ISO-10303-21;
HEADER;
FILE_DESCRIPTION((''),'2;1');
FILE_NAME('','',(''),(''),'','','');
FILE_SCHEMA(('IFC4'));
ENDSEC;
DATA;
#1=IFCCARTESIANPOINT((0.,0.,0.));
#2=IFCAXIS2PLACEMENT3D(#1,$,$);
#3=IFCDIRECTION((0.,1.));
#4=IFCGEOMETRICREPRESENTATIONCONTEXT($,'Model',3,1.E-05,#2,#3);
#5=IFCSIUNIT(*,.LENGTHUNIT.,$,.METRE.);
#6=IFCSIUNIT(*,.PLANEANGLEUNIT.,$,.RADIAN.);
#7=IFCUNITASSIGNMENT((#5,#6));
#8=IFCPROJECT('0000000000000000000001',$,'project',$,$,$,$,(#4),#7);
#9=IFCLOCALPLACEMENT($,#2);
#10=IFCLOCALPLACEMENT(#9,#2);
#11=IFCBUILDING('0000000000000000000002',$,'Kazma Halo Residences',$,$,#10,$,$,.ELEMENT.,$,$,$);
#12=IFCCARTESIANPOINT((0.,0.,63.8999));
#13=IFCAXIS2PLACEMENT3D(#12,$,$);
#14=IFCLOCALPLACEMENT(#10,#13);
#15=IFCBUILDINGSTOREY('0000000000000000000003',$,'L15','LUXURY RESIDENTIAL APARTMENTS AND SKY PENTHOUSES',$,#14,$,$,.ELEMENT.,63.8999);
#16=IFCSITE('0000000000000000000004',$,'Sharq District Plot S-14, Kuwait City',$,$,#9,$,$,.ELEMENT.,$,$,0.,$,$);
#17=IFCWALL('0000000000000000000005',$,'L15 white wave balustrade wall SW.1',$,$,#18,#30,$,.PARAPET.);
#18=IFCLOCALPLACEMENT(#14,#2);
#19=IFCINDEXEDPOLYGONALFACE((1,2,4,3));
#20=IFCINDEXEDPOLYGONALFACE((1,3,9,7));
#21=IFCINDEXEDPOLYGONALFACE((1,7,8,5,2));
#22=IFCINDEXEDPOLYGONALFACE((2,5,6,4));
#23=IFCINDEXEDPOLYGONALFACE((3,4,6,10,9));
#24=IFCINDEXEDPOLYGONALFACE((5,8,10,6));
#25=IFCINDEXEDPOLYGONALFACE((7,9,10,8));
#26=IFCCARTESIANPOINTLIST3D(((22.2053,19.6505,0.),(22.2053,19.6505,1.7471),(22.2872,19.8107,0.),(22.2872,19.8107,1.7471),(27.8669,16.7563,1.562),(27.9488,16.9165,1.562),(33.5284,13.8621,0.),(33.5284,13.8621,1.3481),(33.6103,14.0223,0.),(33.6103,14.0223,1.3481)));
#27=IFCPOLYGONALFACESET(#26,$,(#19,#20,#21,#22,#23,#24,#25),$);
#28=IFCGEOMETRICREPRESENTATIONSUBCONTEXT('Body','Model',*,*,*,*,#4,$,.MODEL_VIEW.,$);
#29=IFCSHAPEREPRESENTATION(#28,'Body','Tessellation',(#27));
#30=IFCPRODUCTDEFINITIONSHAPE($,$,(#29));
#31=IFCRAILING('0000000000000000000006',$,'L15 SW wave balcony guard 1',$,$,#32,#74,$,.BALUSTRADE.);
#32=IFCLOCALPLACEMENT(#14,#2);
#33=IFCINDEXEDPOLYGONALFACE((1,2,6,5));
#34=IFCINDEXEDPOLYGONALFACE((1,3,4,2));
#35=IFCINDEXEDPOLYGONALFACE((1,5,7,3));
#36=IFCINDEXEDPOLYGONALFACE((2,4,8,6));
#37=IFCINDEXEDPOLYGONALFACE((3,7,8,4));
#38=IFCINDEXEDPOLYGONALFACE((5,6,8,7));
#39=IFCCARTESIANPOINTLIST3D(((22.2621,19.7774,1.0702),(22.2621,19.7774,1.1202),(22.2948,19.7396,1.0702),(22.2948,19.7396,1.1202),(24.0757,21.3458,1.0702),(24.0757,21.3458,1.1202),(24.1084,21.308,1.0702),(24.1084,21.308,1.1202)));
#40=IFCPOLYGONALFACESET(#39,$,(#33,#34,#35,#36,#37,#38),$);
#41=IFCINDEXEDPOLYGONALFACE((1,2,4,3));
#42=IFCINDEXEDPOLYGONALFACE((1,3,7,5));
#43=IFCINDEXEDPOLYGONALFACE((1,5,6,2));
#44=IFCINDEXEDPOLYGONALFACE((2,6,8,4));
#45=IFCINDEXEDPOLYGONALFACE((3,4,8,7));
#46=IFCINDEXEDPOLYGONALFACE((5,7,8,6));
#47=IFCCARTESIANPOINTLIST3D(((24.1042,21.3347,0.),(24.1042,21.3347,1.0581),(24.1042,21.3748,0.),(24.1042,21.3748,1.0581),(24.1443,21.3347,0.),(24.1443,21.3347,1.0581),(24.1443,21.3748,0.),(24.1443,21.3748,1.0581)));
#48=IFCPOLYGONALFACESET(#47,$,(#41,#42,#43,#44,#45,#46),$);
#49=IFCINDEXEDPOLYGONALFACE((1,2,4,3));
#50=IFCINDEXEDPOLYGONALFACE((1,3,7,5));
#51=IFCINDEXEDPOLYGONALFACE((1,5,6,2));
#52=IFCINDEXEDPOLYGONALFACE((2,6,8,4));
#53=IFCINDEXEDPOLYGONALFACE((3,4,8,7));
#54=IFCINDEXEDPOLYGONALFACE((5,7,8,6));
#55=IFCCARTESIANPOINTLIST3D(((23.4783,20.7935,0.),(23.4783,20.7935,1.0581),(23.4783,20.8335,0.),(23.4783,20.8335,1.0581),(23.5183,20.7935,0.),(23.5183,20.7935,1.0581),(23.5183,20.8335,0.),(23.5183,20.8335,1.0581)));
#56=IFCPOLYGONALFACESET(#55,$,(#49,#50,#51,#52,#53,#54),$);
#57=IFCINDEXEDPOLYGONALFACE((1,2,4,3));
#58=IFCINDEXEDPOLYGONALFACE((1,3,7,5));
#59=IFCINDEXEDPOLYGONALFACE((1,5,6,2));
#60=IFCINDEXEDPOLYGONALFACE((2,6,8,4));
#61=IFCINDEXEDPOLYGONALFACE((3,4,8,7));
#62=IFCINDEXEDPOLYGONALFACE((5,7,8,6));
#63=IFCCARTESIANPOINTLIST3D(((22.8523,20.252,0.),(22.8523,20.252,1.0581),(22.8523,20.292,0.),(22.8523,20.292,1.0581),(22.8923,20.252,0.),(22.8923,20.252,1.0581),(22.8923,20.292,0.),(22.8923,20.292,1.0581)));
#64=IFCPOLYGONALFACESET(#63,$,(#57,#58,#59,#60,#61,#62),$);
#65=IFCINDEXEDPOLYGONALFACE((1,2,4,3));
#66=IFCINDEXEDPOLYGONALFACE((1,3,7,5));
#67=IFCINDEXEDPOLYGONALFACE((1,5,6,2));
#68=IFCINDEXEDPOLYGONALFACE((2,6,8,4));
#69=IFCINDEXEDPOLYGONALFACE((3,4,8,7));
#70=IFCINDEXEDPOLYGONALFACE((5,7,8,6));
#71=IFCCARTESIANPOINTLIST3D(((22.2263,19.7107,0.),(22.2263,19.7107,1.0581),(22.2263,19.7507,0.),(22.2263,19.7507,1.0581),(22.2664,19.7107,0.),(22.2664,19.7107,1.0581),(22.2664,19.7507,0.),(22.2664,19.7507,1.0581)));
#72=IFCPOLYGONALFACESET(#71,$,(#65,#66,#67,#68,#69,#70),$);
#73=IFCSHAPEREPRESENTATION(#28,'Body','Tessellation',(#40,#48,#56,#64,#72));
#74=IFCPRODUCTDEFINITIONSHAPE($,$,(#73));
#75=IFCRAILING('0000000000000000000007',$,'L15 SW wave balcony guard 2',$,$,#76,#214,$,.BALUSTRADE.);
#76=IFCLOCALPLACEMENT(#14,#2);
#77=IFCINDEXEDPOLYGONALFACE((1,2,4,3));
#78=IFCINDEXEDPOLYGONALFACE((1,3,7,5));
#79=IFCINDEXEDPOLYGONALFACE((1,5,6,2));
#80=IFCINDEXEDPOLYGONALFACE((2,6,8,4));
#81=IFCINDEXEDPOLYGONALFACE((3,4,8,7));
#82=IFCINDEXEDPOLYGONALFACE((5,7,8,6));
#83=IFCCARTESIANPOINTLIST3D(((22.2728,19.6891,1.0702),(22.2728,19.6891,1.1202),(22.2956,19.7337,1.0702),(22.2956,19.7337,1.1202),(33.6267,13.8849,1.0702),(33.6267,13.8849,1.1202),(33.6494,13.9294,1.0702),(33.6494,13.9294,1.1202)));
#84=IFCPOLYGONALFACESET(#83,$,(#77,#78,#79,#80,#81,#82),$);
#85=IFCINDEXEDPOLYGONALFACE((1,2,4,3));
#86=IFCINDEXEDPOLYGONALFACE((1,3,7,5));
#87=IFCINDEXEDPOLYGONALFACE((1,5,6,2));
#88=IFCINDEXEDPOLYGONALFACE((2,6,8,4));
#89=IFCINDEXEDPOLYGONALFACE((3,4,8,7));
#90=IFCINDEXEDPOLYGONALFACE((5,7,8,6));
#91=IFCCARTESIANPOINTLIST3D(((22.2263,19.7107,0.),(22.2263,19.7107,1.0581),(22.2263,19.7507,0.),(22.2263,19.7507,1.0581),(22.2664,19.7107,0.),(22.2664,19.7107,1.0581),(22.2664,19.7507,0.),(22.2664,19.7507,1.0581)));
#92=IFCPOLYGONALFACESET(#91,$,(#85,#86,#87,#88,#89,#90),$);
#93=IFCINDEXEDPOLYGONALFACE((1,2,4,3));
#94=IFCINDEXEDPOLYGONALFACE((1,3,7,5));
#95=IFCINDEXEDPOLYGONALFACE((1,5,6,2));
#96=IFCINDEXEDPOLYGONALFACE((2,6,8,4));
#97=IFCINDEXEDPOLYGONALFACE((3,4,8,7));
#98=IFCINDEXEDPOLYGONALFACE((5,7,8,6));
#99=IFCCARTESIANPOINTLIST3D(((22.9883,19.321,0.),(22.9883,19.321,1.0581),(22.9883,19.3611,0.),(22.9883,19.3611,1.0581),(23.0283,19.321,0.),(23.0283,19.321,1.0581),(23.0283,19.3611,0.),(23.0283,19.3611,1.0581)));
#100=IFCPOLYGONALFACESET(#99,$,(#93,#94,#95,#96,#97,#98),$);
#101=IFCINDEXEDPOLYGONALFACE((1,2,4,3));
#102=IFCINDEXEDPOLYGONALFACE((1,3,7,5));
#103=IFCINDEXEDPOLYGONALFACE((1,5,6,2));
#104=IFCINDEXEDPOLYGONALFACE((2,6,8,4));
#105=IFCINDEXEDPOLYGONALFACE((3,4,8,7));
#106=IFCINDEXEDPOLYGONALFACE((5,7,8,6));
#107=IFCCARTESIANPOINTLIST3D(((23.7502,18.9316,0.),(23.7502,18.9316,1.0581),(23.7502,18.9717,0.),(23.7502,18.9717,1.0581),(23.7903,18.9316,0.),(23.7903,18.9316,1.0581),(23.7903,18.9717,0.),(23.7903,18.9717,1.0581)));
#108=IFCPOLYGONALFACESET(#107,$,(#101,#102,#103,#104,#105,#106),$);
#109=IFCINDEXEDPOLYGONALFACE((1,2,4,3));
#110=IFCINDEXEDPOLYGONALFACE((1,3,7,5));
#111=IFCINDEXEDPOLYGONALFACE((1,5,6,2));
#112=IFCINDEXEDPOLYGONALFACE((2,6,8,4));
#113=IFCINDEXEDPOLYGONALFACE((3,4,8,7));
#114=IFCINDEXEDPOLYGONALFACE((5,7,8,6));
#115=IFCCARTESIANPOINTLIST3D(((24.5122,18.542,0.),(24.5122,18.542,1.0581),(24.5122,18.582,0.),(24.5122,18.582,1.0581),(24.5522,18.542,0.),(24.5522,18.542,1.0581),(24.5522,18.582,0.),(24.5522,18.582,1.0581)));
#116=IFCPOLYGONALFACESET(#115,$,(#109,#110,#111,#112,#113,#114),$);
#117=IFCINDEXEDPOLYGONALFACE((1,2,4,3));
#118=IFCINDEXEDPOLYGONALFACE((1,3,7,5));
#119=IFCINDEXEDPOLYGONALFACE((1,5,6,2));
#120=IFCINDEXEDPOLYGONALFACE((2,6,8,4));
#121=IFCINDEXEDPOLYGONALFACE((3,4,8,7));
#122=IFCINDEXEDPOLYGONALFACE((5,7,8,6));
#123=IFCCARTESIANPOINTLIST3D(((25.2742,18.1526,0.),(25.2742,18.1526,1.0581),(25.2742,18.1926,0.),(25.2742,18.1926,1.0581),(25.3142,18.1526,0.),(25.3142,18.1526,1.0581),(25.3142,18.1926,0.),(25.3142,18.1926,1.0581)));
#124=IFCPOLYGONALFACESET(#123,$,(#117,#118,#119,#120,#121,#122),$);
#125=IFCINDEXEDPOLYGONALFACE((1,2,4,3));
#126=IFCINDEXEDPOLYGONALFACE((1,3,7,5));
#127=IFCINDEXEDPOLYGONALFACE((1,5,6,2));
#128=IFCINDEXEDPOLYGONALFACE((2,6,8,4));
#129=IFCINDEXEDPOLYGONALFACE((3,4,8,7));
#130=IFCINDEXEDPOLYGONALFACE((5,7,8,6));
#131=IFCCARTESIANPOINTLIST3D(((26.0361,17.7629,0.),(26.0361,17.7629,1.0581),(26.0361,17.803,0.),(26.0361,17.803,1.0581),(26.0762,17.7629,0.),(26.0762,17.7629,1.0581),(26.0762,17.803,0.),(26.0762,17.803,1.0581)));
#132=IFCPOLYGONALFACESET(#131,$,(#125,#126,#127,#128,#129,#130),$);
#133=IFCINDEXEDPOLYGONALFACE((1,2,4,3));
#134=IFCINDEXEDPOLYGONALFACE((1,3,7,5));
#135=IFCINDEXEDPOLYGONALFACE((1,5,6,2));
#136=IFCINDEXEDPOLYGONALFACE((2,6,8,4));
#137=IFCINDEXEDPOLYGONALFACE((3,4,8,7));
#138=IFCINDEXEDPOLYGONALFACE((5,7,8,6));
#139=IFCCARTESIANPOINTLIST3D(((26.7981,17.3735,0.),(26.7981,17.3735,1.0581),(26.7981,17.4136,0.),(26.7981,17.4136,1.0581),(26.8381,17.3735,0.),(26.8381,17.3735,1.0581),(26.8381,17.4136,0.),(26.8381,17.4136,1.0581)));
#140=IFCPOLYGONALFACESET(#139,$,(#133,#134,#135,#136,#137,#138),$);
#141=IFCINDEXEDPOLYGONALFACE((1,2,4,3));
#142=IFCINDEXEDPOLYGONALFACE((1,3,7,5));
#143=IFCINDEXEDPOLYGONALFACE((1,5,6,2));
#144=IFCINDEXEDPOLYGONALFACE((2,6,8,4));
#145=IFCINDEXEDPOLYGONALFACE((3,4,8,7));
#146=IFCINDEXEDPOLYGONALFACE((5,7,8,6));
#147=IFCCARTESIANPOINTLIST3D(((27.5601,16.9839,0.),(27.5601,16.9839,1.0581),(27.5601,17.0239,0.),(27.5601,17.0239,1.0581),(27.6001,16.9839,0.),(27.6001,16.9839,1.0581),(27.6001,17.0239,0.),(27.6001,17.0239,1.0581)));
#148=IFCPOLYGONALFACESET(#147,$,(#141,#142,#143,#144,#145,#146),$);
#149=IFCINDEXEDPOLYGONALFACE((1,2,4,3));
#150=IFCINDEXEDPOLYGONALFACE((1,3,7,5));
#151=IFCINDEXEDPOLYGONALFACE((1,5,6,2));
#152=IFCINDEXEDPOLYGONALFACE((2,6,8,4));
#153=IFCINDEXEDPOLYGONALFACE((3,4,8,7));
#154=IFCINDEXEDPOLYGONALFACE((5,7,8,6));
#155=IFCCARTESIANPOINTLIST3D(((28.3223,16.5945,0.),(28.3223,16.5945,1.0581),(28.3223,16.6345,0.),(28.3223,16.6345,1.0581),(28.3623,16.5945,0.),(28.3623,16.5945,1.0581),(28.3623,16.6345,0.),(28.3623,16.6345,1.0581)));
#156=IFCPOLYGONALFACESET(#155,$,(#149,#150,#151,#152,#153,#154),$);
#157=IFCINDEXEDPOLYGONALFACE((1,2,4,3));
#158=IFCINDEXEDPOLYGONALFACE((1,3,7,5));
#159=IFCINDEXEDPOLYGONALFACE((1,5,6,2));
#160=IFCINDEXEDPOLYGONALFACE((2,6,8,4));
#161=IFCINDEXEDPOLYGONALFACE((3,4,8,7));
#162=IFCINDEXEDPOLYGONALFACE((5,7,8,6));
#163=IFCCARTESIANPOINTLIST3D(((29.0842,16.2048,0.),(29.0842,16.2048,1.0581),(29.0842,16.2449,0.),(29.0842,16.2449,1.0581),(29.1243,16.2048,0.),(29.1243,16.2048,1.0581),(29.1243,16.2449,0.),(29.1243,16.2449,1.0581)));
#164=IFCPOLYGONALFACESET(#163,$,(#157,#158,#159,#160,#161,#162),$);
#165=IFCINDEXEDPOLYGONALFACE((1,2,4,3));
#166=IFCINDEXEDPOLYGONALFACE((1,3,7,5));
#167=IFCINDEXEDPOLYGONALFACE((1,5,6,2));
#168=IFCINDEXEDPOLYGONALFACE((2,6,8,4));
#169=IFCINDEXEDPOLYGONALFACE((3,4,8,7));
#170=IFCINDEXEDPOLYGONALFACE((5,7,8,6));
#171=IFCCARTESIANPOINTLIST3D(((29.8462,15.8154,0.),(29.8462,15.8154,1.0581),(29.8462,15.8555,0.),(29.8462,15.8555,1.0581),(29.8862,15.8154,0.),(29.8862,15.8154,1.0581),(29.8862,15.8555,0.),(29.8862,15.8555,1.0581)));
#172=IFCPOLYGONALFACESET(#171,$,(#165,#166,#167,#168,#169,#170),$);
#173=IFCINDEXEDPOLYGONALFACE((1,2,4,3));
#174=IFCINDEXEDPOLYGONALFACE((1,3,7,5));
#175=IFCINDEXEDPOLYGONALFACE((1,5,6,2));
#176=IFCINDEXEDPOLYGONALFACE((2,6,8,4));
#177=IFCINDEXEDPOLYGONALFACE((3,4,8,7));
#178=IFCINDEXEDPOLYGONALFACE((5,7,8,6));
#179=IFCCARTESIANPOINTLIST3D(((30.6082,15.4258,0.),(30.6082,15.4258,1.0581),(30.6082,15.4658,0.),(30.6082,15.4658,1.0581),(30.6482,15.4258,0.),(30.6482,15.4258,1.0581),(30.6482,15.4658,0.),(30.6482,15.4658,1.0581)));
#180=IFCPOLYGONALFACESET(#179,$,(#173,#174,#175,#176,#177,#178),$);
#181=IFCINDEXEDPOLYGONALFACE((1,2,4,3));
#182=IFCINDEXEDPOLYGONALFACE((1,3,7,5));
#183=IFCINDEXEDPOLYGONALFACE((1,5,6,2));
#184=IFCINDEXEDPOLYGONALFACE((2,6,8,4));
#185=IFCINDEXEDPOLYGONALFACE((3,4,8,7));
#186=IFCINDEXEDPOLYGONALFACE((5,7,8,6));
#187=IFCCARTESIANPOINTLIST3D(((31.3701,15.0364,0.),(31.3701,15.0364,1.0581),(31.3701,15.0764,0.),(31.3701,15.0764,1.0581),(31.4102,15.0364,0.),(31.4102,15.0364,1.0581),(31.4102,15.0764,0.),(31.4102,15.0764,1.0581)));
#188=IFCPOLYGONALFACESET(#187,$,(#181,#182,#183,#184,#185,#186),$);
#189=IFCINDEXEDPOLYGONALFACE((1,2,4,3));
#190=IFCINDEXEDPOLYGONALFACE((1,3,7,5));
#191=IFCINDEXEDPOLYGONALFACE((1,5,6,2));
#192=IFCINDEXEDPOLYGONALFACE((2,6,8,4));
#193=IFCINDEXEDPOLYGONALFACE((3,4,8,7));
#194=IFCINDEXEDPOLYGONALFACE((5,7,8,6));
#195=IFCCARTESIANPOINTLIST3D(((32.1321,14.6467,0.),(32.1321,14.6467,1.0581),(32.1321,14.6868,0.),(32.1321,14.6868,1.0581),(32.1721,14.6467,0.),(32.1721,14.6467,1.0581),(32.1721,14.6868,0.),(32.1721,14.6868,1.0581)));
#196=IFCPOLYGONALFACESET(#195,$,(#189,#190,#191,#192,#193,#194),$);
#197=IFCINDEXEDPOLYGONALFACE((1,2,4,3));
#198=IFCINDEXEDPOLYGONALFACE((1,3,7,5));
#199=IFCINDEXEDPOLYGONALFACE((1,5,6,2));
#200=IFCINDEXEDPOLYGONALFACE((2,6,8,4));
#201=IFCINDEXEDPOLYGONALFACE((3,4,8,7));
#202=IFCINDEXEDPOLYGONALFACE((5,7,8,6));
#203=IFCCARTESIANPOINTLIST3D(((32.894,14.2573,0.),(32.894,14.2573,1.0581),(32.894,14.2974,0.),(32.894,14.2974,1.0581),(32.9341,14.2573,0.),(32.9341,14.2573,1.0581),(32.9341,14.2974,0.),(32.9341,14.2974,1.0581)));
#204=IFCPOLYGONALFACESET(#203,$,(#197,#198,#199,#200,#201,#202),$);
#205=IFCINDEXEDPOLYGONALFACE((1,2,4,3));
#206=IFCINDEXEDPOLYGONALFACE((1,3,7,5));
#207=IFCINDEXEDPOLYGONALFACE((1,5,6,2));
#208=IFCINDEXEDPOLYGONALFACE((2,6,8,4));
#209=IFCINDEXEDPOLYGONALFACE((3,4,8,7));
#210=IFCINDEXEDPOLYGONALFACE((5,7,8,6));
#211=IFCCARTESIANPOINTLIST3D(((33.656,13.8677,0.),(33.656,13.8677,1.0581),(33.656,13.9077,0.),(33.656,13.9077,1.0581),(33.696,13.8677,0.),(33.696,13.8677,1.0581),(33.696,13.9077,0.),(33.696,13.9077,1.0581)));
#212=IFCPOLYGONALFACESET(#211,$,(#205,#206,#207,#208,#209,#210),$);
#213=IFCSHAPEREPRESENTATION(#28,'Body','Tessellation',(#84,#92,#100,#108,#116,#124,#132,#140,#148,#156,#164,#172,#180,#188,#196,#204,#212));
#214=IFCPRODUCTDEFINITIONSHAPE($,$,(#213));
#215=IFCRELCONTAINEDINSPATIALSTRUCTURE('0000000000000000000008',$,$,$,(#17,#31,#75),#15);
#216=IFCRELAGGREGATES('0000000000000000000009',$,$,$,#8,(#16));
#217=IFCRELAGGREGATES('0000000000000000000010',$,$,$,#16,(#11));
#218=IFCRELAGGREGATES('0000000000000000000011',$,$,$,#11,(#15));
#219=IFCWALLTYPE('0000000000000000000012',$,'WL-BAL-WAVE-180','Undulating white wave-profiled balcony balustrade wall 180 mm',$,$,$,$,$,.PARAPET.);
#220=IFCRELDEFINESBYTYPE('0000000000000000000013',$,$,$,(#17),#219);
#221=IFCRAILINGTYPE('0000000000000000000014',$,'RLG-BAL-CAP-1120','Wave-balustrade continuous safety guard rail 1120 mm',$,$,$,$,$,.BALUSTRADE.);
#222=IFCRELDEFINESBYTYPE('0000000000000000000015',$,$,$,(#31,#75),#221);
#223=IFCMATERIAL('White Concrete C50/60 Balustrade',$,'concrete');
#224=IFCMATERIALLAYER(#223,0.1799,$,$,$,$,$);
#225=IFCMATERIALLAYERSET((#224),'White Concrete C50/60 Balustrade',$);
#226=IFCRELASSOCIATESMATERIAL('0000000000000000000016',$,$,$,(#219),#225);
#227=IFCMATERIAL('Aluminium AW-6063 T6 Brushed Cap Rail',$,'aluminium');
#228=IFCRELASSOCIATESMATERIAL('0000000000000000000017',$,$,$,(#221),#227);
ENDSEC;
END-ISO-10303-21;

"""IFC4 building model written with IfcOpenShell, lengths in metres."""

from ifc_helpers import new_model, si_unit, direction, frame, origin, origin_2d, place, context, subcontext, project, spatial, polyline, rectangle, outline, extrude, material, layer, layer_set, type_object, element, save


model = new_model("IFC4")

# Units and contexts
model_context = context("Model", 3, precision=1e-05, world=origin(), true_north=direction((0.0, 1.0)))
body_context = subcontext(model_context, "Body", "Model", "MODEL_VIEW")
ifc_project = project(units=[si_unit("LENGTHUNIT", "METRE"), si_unit("PLANEANGLEUNIT", "RADIAN")], contexts=[model_context])

# Site, building, storey
site_placement = place(None, origin())
site = spatial("IfcSite", under=ifc_project, at=site_placement, Name="Sharq District Plot S-14, Kuwait City", CompositionType="ELEMENT", RefElevation=0.0)
building_placement = place(site_placement, origin())
building = spatial("IfcBuilding", under=site, at=building_placement, Name="Kazma Halo Residences", CompositionType="ELEMENT")
storey_placement = place(building_placement, frame((0.0, 0.0, 63.8999)))
storey = spatial("IfcBuildingStorey", under=building, at=storey_placement, Name="L15", Description="LUXURY RESIDENTIAL APARTMENTS AND SKY PENTHOUSES", CompositionType="ELEMENT", Elevation=63.8999)

# Wall
ifc_material_1 = material(Name="White Concrete C50/60 Balustrade", Category="concrete")
ifc_layer_1 = layer(ifc_material_1, 0.1799)
ifc_layer_set_1 = layer_set([ifc_layer_1], Name="White Concrete C50/60 Balustrade")
wall_type_1 = type_object("IfcWallType", Name="WL-BAL-WAVE-180", Description="Undulating white wave-profiled balcony balustrade wall 180 mm", PredefinedType="PARAPET", material=ifc_layer_set_1)
wall_1_placement = place(storey_placement, frame((22.2463, 19.7307, 0.0), z_axis=(0.0, 0.0, 1.0), x_axis=(0.890402, -0.455175, 0.0)))
element("IfcWall", 1, at=wall_1_placement, inside=storey, type_object=wall_type_1, Name="L15 white wave balustrade wall SW.1", PredefinedType="PARAPET", context=body_context, shape_type="SweptSolid", body=[
    extrude(outline(polyline([(0.0, 0.0), (12.7168, 0.0), (12.7168, 1.3481), (6.3584, 1.562), (0.0, 1.7471), (0.0, 0.0)])), frame((0.0, 0.0898, 0.0), z_axis=(0.0, -1.0, 0.0), x_axis=(1.0, 0.0, 0.0)), (0.0, 0.0, 1.0), 0.1799),
])

# Railings
ifc_material_2 = material(Name="Aluminium AW-6063 T6 Brushed Cap Rail", Category="aluminium")
railing_type = type_object("IfcRailingType", Name="RLG-BAL-CAP-1120", Description="Wave-balustrade continuous safety guard rail 1120 mm", PredefinedType="BALUSTRADE", material=ifc_material_2)
railing_1_placement = place(storey_placement, frame((24.1243, 21.3547, 0.0)))
element("IfcRailing", 2, at=railing_1_placement, inside=storey, type_object=railing_type, Name="L15 SW wave balcony guard 1", PredefinedType="BALUSTRADE", context=body_context, shape_type="SweptSolid", body=[
    extrude(rectangle(XDim=0.05, YDim=0.05, at=origin_2d()), frame((-0.0322, -0.0278, 1.0952), z_axis=(-0.756389, -0.654122, 0.0), x_axis=(0.654122, -0.756389, 0.0)), (0.0, 0.0, 1.0), 2.3977),
    extrude(rectangle(XDim=0.04, YDim=0.04, at=origin_2d()), origin(), (0.0, 0.0, 1.0), 1.0581),
    extrude(rectangle(XDim=0.04, YDim=0.04, at=origin_2d()), frame((-0.626, -0.5413, 0.0)), (0.0, 0.0, 1.0), 1.0581),
    extrude(rectangle(XDim=0.04, YDim=0.04, at=origin_2d()), frame((-1.252, -1.0828, 0.0)), (0.0, 0.0, 1.0), 1.0581),
    extrude(rectangle(XDim=0.04, YDim=0.04, at=origin_2d()), frame((-1.8779, -1.624, 0.0)), (0.0, 0.0, 1.0), 1.0581),
])
railing_2_placement = place(storey_placement, frame((22.2463, 19.7307, 0.0)))
element("IfcRailing", 3, at=railing_2_placement, inside=storey, type_object=railing_type, Name="L15 SW wave balcony guard 2", PredefinedType="BALUSTRADE", context=body_context, shape_type="SweptSolid", body=[
    extrude(rectangle(XDim=0.05, YDim=0.05, at=origin_2d()), frame((0.0378, -0.0193, 1.0952), z_axis=(0.890398, -0.455184, 0.0), x_axis=(0.455184, 0.890398, 0.0)), (0.0, 0.0, 1.0), 12.7515),
    extrude(rectangle(XDim=0.04, YDim=0.04, at=origin_2d()), origin(), (0.0, 0.0, 1.0), 1.0581),
    extrude(rectangle(XDim=0.04, YDim=0.04, at=origin_2d()), frame((0.762, -0.3896, 0.0)), (0.0, 0.0, 1.0), 1.0581),
    extrude(rectangle(XDim=0.04, YDim=0.04, at=origin_2d()), frame((1.5239, -0.7791, 0.0)), (0.0, 0.0, 1.0), 1.0581),
    extrude(rectangle(XDim=0.04, YDim=0.04, at=origin_2d()), frame((2.2859, -1.1687, 0.0)), (0.0, 0.0, 1.0), 1.0581),
    extrude(rectangle(XDim=0.04, YDim=0.04, at=origin_2d()), frame((3.0479, -1.5581, 0.0)), (0.0, 0.0, 1.0), 1.0581),
    extrude(rectangle(XDim=0.04, YDim=0.04, at=origin_2d()), frame((3.8098, -1.9478, 0.0)), (0.0, 0.0, 1.0), 1.0581),
    extrude(rectangle(XDim=0.04, YDim=0.04, at=origin_2d()), frame((4.5718, -2.3372, 0.0)), (0.0, 0.0, 1.0), 1.0581),
    extrude(rectangle(XDim=0.04, YDim=0.04, at=origin_2d()), frame((5.3337, -2.7268, 0.0)), (0.0, 0.0, 1.0), 1.0581),
    extrude(rectangle(XDim=0.04, YDim=0.04, at=origin_2d()), frame((6.0959, -3.1162, 0.0)), (0.0, 0.0, 1.0), 1.0581),
    extrude(rectangle(XDim=0.04, YDim=0.04, at=origin_2d()), frame((6.8579, -3.5059, 0.0)), (0.0, 0.0, 1.0), 1.0581),
    extrude(rectangle(XDim=0.04, YDim=0.04, at=origin_2d()), frame((7.6199, -3.8953, 0.0)), (0.0, 0.0, 1.0), 1.0581),
    extrude(rectangle(XDim=0.04, YDim=0.04, at=origin_2d()), frame((8.3818, -4.2849, 0.0)), (0.0, 0.0, 1.0), 1.0581),
    extrude(rectangle(XDim=0.04, YDim=0.04, at=origin_2d()), frame((9.1438, -4.6743, 0.0)), (0.0, 0.0, 1.0), 1.0581),
    extrude(rectangle(XDim=0.04, YDim=0.04, at=origin_2d()), frame((9.9058, -5.064, 0.0)), (0.0, 0.0, 1.0), 1.0581),
    extrude(rectangle(XDim=0.04, YDim=0.04, at=origin_2d()), frame((10.6677, -5.4534, 0.0)), (0.0, 0.0, 1.0), 1.0581),
    extrude(rectangle(XDim=0.04, YDim=0.04, at=origin_2d()), frame((11.4297, -5.843, 0.0)), (0.0, 0.0, 1.0), 1.0581),
])

save(model, "model.ifc")
